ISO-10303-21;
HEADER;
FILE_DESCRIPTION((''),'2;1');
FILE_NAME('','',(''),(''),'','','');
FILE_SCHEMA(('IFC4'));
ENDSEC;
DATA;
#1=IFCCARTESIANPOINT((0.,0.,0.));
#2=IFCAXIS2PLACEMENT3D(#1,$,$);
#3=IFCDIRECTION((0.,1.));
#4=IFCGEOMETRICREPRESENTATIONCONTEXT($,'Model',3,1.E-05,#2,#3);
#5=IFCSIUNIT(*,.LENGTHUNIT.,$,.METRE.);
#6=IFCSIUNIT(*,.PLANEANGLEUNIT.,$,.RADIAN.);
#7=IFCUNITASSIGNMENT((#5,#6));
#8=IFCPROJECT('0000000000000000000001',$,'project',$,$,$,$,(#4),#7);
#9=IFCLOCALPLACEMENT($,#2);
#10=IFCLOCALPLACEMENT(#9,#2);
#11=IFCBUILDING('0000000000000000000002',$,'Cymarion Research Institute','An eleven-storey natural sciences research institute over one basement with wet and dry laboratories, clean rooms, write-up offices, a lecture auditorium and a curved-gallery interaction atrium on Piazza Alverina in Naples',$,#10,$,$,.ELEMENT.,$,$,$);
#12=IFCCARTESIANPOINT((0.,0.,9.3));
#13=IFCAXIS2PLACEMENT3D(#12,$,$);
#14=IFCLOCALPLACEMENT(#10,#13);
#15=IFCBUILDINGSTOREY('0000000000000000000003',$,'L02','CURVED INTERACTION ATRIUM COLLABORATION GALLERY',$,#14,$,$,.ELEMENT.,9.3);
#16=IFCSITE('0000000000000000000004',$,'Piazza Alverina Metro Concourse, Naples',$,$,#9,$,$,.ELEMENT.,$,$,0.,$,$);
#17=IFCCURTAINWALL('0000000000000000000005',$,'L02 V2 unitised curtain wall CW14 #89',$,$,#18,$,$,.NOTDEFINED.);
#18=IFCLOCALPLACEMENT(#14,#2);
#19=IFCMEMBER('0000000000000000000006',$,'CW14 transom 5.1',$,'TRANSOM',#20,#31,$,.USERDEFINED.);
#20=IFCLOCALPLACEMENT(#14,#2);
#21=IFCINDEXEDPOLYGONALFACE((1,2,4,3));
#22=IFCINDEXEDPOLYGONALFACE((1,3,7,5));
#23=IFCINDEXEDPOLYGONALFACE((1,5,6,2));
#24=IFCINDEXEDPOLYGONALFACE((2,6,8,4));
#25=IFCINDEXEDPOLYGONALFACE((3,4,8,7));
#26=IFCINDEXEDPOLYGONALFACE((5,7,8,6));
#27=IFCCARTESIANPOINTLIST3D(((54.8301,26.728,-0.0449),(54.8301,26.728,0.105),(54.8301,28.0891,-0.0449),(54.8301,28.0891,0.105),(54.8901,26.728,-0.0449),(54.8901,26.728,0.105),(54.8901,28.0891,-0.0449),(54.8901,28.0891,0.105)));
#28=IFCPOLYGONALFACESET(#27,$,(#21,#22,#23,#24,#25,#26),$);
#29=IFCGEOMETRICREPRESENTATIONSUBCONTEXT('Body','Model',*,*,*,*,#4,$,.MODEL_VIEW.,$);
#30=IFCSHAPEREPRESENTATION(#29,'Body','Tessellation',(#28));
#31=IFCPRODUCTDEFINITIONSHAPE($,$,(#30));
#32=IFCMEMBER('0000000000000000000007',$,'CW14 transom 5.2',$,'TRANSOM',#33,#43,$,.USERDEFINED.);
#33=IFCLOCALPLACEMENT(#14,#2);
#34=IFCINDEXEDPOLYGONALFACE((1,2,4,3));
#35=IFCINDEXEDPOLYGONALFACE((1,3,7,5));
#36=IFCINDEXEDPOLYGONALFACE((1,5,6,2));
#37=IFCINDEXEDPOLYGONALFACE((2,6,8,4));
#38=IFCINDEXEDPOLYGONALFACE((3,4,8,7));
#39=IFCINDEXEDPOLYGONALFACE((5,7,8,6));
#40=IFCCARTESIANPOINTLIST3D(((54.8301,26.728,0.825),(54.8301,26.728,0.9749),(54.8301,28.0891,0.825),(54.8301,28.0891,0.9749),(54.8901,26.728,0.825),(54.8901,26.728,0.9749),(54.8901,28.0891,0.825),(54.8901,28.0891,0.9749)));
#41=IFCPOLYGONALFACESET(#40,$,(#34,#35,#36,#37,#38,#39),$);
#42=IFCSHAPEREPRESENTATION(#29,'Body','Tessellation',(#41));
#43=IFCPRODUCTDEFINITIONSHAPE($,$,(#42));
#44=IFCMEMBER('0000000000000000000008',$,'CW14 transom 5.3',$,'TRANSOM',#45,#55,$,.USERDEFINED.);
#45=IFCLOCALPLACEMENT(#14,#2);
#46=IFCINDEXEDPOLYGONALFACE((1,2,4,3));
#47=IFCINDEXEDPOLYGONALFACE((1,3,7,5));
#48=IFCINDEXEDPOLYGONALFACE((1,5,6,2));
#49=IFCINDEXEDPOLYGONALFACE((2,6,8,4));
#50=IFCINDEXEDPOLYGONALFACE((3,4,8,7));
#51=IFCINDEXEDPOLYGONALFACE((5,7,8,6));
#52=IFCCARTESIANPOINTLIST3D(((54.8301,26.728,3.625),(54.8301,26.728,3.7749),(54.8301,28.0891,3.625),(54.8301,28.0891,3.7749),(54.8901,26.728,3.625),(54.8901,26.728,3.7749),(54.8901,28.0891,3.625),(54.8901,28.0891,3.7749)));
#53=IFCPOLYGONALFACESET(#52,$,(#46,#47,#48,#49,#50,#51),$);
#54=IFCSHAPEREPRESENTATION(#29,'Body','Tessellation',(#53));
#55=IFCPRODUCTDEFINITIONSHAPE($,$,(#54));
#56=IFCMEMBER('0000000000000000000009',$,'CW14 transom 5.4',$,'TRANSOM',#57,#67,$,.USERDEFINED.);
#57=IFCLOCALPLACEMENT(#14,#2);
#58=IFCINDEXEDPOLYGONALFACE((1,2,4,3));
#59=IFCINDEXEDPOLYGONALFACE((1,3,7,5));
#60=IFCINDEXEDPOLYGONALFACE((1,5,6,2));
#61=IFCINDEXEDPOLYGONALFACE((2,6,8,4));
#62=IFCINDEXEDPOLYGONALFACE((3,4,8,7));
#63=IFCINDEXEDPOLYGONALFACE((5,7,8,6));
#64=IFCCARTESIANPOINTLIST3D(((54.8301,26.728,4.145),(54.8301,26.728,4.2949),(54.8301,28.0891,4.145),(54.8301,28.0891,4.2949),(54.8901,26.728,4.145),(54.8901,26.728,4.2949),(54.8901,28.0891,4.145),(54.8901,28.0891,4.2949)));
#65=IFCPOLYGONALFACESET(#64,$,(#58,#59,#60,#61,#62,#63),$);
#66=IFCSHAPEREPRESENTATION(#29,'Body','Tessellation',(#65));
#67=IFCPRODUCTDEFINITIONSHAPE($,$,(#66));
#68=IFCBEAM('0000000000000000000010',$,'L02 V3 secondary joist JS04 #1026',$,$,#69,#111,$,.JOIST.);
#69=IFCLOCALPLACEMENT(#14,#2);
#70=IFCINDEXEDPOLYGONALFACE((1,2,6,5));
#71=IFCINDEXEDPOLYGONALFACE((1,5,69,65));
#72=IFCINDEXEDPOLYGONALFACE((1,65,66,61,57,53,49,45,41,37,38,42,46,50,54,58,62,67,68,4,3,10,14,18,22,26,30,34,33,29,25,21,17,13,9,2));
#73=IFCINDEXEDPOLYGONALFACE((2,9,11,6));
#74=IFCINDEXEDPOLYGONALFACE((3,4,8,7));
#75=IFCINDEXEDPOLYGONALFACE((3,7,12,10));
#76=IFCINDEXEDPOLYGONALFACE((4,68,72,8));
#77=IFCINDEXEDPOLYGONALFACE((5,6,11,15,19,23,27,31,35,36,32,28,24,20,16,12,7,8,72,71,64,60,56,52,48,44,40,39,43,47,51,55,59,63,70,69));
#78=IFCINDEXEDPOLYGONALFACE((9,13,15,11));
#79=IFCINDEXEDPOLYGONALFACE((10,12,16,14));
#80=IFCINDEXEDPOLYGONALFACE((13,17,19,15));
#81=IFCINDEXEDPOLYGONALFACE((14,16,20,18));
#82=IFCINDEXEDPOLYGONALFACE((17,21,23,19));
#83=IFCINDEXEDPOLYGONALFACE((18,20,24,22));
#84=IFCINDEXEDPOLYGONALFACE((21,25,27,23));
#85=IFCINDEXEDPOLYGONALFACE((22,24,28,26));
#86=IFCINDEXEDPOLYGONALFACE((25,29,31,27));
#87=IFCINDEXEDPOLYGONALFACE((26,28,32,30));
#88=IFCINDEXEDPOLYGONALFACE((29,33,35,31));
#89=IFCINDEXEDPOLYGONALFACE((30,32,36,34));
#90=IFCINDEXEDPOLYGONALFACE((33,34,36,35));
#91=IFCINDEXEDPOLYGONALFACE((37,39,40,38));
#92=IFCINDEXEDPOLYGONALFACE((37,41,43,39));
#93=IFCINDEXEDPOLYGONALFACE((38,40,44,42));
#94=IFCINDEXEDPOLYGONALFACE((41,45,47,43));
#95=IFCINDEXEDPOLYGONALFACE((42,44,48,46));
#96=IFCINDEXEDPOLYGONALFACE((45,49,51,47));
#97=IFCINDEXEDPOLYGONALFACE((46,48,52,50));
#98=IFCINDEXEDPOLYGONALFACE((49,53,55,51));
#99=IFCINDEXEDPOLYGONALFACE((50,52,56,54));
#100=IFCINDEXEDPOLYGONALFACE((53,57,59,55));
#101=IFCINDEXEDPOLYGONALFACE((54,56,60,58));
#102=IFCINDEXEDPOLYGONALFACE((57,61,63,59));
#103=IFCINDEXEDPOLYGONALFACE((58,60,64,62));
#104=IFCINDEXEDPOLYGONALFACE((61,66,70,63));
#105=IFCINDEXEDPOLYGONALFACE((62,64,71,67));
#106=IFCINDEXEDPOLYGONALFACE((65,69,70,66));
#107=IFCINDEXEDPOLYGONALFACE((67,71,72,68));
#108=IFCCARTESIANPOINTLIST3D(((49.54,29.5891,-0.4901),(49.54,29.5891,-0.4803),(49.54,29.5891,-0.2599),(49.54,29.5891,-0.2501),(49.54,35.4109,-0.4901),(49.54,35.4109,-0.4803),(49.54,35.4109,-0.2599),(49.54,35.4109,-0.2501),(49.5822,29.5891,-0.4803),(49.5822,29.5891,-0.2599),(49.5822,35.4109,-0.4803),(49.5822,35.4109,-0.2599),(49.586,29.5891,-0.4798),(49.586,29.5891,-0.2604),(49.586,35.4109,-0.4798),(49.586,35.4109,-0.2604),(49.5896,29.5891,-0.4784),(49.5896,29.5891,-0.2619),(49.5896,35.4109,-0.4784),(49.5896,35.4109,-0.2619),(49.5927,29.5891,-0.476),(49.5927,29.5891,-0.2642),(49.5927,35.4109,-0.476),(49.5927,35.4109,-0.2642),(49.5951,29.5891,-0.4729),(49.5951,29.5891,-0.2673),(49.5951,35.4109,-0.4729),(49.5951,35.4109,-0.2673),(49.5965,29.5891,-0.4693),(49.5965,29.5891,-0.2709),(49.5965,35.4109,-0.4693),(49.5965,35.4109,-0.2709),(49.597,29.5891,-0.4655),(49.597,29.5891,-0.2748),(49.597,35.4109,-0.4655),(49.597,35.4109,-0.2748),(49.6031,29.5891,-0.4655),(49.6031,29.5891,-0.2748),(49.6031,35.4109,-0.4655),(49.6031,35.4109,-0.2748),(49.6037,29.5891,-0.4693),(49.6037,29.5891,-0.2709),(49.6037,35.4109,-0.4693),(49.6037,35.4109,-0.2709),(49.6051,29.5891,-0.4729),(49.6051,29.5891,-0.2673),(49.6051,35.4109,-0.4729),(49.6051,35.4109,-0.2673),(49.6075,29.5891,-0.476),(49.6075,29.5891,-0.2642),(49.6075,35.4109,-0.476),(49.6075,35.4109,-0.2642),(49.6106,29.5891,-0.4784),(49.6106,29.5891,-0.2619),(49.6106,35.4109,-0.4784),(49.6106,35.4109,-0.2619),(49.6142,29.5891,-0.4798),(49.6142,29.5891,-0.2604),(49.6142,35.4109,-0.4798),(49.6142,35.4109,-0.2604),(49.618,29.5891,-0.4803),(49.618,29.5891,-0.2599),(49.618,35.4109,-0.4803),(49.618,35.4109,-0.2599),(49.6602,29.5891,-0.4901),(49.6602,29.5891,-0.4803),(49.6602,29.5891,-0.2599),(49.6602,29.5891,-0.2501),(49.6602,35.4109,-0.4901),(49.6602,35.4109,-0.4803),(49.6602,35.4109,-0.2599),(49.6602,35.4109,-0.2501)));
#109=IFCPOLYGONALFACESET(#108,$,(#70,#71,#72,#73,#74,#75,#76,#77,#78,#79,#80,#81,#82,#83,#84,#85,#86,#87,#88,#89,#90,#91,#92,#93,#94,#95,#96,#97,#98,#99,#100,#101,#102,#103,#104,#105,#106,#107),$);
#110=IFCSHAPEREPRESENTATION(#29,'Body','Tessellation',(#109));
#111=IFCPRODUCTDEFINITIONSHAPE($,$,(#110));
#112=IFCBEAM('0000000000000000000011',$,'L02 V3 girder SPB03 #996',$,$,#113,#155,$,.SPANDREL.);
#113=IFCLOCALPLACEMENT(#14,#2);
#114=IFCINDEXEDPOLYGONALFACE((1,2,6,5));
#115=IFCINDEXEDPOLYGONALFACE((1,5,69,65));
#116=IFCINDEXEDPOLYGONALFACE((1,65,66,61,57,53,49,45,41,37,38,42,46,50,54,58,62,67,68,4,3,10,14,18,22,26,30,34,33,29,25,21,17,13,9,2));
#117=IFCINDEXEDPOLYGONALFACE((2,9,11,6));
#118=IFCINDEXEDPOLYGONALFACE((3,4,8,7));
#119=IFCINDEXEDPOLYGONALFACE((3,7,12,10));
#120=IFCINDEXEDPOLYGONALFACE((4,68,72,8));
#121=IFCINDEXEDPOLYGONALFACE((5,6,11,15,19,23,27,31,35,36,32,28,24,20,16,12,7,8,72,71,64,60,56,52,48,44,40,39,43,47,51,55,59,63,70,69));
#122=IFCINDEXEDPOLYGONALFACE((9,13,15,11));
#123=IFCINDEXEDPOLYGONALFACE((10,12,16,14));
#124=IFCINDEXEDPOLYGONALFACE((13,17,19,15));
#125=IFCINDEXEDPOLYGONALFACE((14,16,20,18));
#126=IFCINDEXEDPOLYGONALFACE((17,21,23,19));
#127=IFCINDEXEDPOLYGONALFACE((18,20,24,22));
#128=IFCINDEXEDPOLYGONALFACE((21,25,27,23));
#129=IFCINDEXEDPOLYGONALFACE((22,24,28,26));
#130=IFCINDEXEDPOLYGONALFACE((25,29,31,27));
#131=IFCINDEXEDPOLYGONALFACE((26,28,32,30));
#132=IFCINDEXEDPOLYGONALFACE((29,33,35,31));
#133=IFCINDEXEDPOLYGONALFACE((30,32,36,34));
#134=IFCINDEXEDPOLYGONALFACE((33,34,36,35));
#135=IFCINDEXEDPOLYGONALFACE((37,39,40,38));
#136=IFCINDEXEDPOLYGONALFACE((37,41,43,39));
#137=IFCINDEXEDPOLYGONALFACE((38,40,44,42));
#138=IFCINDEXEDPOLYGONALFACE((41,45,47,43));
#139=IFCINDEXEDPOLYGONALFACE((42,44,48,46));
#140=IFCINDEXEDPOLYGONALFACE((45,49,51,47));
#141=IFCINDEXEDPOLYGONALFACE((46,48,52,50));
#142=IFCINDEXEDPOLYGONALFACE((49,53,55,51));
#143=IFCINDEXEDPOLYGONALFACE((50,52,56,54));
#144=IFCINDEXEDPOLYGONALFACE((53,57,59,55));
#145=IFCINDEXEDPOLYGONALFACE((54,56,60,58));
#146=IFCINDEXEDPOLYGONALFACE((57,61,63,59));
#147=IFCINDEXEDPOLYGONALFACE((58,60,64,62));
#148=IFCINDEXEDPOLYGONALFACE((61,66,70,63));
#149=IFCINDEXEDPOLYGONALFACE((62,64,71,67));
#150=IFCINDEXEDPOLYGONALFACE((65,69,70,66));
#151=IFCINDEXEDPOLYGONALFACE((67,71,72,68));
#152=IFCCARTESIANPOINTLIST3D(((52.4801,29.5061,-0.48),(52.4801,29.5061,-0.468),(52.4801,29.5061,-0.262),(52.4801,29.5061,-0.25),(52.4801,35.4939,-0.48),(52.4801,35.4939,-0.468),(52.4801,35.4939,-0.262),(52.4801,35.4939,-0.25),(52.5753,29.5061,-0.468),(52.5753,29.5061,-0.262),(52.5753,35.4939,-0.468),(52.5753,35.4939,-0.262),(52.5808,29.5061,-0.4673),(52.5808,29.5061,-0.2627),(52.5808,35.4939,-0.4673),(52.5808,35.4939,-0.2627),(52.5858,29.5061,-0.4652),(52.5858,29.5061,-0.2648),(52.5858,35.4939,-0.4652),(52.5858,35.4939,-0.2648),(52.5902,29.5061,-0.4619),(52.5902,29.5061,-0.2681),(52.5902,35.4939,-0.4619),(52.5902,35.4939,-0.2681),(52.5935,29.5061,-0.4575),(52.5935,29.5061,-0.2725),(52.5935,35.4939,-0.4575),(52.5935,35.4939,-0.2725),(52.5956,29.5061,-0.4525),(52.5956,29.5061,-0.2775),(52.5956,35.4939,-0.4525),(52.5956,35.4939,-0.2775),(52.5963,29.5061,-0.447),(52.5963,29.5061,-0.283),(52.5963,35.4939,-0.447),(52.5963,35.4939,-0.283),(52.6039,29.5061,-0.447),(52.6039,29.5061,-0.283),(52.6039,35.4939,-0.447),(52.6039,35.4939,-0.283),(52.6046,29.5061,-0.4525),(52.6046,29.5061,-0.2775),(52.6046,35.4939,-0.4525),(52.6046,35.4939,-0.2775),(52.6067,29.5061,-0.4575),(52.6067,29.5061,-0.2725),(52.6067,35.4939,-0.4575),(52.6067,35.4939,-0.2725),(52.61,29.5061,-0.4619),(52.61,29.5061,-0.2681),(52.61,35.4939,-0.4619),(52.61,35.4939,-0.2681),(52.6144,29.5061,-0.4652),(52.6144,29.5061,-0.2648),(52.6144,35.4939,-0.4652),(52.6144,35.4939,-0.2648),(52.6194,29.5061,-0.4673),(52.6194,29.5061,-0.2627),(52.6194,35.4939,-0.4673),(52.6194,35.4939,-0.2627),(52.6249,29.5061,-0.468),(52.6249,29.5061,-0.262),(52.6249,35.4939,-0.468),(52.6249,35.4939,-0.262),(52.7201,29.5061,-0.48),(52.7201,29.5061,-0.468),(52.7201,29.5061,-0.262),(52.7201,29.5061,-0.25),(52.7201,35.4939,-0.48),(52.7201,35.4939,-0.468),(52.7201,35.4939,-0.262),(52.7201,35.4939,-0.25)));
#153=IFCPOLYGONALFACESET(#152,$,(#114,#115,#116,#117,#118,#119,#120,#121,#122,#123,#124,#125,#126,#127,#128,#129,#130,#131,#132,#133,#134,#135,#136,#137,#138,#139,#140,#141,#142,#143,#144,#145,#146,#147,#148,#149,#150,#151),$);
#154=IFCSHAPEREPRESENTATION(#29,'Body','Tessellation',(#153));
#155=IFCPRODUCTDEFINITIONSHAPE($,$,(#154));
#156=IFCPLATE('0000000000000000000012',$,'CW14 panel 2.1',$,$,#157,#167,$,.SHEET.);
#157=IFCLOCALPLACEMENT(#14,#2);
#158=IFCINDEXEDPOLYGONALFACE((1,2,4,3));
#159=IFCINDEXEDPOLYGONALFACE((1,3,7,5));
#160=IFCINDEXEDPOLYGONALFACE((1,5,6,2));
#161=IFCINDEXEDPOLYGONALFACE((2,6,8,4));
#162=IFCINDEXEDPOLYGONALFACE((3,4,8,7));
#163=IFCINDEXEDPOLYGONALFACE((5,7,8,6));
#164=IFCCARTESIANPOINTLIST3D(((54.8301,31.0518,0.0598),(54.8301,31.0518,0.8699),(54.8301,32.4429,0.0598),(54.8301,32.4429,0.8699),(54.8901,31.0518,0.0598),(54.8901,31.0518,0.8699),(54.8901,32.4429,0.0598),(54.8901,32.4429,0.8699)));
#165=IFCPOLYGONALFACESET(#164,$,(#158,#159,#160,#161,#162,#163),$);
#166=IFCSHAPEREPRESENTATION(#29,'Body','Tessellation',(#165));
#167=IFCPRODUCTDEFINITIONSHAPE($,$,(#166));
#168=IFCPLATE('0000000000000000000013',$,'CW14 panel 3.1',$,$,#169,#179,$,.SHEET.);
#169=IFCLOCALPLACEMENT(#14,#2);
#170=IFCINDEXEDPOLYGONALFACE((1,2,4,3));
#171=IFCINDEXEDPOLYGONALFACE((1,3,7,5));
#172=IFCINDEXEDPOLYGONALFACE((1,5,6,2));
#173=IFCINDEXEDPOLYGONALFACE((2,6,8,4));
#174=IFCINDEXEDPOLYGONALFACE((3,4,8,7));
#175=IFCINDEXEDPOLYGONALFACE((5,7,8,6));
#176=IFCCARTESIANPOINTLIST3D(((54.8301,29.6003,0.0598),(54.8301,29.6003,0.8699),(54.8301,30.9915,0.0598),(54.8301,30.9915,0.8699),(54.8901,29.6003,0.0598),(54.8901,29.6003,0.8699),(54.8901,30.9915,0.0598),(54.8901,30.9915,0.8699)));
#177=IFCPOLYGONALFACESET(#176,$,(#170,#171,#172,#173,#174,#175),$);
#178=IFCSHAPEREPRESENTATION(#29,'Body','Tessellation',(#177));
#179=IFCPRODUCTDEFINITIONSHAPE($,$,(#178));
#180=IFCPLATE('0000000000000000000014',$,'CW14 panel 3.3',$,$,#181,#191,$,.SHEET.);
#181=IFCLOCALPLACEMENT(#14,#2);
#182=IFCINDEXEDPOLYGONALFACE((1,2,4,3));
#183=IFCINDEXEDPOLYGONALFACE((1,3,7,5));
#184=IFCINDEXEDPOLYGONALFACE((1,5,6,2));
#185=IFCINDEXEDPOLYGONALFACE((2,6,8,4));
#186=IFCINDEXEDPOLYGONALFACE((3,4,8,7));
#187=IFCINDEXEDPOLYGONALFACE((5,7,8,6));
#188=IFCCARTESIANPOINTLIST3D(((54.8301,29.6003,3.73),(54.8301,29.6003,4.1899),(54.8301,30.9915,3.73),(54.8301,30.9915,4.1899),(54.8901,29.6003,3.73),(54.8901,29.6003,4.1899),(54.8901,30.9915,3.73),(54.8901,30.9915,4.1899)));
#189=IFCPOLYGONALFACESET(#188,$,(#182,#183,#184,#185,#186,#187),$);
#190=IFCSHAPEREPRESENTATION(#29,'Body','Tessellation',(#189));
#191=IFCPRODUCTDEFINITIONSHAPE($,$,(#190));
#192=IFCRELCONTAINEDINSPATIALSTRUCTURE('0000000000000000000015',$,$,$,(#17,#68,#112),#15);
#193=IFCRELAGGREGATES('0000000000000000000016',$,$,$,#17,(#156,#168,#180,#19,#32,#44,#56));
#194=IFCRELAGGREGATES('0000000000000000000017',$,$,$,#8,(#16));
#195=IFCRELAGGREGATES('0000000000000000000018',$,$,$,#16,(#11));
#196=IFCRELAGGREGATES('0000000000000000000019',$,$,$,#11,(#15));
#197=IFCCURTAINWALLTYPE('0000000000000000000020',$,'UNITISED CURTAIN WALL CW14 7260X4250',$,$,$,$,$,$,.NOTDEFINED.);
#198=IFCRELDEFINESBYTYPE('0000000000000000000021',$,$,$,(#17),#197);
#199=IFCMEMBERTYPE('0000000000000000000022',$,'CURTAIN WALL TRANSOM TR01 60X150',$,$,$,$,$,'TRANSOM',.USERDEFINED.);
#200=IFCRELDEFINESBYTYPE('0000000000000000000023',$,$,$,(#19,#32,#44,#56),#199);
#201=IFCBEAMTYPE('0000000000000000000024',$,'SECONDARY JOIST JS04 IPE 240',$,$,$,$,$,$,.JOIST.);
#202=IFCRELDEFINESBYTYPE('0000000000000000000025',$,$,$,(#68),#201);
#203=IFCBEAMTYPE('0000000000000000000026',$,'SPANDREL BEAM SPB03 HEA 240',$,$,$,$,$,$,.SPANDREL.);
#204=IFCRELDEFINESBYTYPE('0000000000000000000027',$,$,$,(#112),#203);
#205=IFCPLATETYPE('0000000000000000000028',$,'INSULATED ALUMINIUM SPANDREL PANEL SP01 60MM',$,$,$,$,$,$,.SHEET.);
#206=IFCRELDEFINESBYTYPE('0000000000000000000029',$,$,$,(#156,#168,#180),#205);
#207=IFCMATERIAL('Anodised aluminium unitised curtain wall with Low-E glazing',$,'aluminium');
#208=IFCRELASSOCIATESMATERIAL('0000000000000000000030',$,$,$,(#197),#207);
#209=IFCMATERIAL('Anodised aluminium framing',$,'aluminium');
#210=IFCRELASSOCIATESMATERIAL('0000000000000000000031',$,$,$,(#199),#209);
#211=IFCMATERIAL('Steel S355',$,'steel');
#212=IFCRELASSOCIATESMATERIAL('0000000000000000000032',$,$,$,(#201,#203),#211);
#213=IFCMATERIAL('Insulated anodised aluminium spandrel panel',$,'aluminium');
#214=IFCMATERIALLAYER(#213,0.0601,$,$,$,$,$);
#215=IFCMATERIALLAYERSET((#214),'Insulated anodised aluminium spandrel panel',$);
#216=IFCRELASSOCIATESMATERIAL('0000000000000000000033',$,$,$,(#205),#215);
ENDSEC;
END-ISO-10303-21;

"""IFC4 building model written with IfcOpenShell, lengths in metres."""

from ifc_helpers import new_model, si_unit, direction, frame, origin, origin_2d, place, context, subcontext, project, spatial, rectangle, i_section, extrude, material, layer, layer_set, material_profile, profile_set, type_object, element, aggregate, save


model = new_model("IFC4")

# Units and contexts
model_context = context("Model", 3, precision=1e-05, world=origin(), true_north=direction((0.0, 1.0)))
body_context = subcontext(model_context, "Body", "Model", "MODEL_VIEW")
ifc_project = project(units=[si_unit("LENGTHUNIT", "METRE"), si_unit("PLANEANGLEUNIT", "RADIAN")], contexts=[model_context])

# Site, building, storey
site_placement = place(None, origin())
site = spatial("IfcSite", under=ifc_project, at=site_placement, Name="Piazza Alverina Metro Concourse, Naples", CompositionType="ELEMENT", RefElevation=0.0)
building_placement = place(site_placement, origin())
building = spatial("IfcBuilding", under=site, at=building_placement, Name="Cymarion Research Institute", Description="An eleven-storey natural sciences research institute over one basement with wet and dry laboratories, clean rooms, write-up offices, a lecture auditorium and a curved-gallery interaction atrium on Piazza Alverina in Naples", CompositionType="ELEMENT")
storey_placement = place(building_placement, frame((0.0, 0.0, 9.3)))
storey = spatial("IfcBuildingStorey", under=building, at=storey_placement, Name="L02", Description="CURVED INTERACTION ATRIUM COLLABORATION GALLERY", CompositionType="ELEMENT", Elevation=9.3)

# Shared definitions
ifc_material_1 = material(Name="Steel S355", Category="steel")

# Curtain wall, members
ifc_material_2 = material(Name="Anodised aluminium unitised curtain wall with Low-E glazing", Category="aluminium")
curtain_wall_type = type_object("IfcCurtainWallType", Name="UNITISED CURTAIN WALL CW14 7260X4250", PredefinedType="NOTDEFINED", material=ifc_material_2)
curtain_wall_placement = place(storey_placement, origin())
curtain_wall = element("IfcCurtainWall", 1, at=curtain_wall_placement, inside=storey, type_object=curtain_wall_type, Name="L02 V2 unitised curtain wall CW14 #89", PredefinedType="NOTDEFINED")
ifc_material_3 = material(Name="Anodised aluminium framing", Category="aluminium")
ifc_material_profile_1 = material_profile(ifc_material_3, rectangle(XDim=0.0601, YDim=0.1499, at=origin_2d()), Name="ALU TRANSOM 60x150")
ifc_profile_set_1 = profile_set([ifc_material_profile_1], Name="Anodised aluminium framing")
member_type_1 = type_object("IfcMemberType", Name="CURTAIN WALL TRANSOM TR01 60X150", ElementType="TRANSOM", PredefinedType="USERDEFINED", material=ifc_profile_set_1)
member_1_placement = place(storey_placement, frame((54.8601, 28.0891, 0.03), z_axis=(0.0, -1.0, 0.0), x_axis=(1.0, 0.0, 0.0)))
member_1 = element("IfcMember", 2, at=member_1_placement, type_object=member_type_1, Name="CW14 transom 5.1", ObjectType="TRANSOM", PredefinedType="USERDEFINED", context=body_context, shape_type="SweptSolid", body=[
    extrude(rectangle(XDim=0.0601, YDim=0.1499, at=origin_2d()), origin(), (0.0, 0.0, 1.0), 1.3611),
])
member_2_placement = place(storey_placement, frame((54.8601, 28.0891, 0.8999), z_axis=(0.0, -1.0, 0.0), x_axis=(1.0, 0.0, 0.0)))
member_2 = element("IfcMember", 3, at=member_2_placement, type_object=member_type_1, Name="CW14 transom 5.2", ObjectType="TRANSOM", PredefinedType="USERDEFINED", context=body_context, shape_type="SweptSolid", body=[
    extrude(rectangle(XDim=0.0601, YDim=0.1499, at=origin_2d()), origin(), (0.0, 0.0, 1.0), 1.3611),
])
member_3_placement = place(storey_placement, frame((54.8601, 28.0891, 3.7), z_axis=(0.0, -1.0, 0.0), x_axis=(1.0, 0.0, 0.0)))
member_3 = element("IfcMember", 4, at=member_3_placement, type_object=member_type_1, Name="CW14 transom 5.3", ObjectType="TRANSOM", PredefinedType="USERDEFINED", context=body_context, shape_type="SweptSolid", body=[
    extrude(rectangle(XDim=0.0601, YDim=0.1499, at=origin_2d()), origin(), (0.0, 0.0, 1.0), 1.3611),
])
member_4_placement = place(storey_placement, frame((54.8601, 28.0891, 4.22), z_axis=(0.0, -1.0, 0.0), x_axis=(1.0, 0.0, 0.0)))
member_4 = element("IfcMember", 5, at=member_4_placement, type_object=member_type_1, Name="CW14 transom 5.4", ObjectType="TRANSOM", PredefinedType="USERDEFINED", context=body_context, shape_type="SweptSolid", body=[
    extrude(rectangle(XDim=0.0601, YDim=0.1499, at=origin_2d()), origin(), (0.0, 0.0, 1.0), 1.3611),
])

# Beams
ifc_material_profile_2 = material_profile(ifc_material_1, i_section(OverallWidth=0.1201, OverallDepth=0.24, WebThickness=0.0061, FlangeThickness=0.0098, FilletRadius=0.0149, at=origin_2d()), Name="IPE 240")
ifc_profile_set_2 = profile_set([ifc_material_profile_2], Name="Steel S355")
beam_type_1 = type_object("IfcBeamType", Name="SECONDARY JOIST JS04 IPE 240", PredefinedType="JOIST", material=ifc_profile_set_2)
beam_1_placement = place(storey_placement, frame((49.6001, 29.5891, -0.3701), z_axis=(0.0, 1.0, 0.0), x_axis=(-1.0, 0.0, 0.0)))
element("IfcBeam", 6, at=beam_1_placement, inside=storey, type_object=beam_type_1, Name="L02 V3 secondary joist JS04 #1026", PredefinedType="JOIST", context=body_context, shape_type="SweptSolid", body=[
    extrude(i_section(OverallWidth=0.1201, OverallDepth=0.24, WebThickness=0.0061, FlangeThickness=0.0098, FilletRadius=0.0149, at=origin_2d()), origin(), (0.0, 0.0, 1.0), 5.8218),
])
ifc_material_profile_3 = material_profile(ifc_material_1, i_section(OverallWidth=0.24, OverallDepth=0.23, WebThickness=0.0076, FlangeThickness=0.012, FilletRadius=0.021, at=origin_2d()), Name="HEA 240")
ifc_profile_set_3 = profile_set([ifc_material_profile_3], Name="Steel S355")
beam_type_2 = type_object("IfcBeamType", Name="SPANDREL BEAM SPB03 HEA 240", PredefinedType="SPANDREL", material=ifc_profile_set_3)
beam_2_placement = place(storey_placement, frame((52.6001, 29.5061, -0.365), z_axis=(0.0, 1.0, 0.0), x_axis=(-1.0, 0.0, 0.0)))
element("IfcBeam", 7, at=beam_2_placement, inside=storey, type_object=beam_type_2, Name="L02 V3 girder SPB03 #996", PredefinedType="SPANDREL", context=body_context, shape_type="SweptSolid", body=[
    extrude(i_section(OverallWidth=0.24, OverallDepth=0.23, WebThickness=0.0076, FlangeThickness=0.012, FilletRadius=0.021, at=origin_2d()), origin(), (0.0, 0.0, 1.0), 5.9878),
])

# Plates
ifc_material_4 = material(Name="Insulated anodised aluminium spandrel panel", Category="aluminium")
ifc_layer_1 = layer(ifc_material_4, 0.0601)
ifc_layer_set_1 = layer_set([ifc_layer_1], Name="Insulated anodised aluminium spandrel panel")
plate_type_1 = type_object("IfcPlateType", Name="INSULATED ALUMINIUM SPANDREL PANEL SP01 60MM", PredefinedType="SHEET", material=ifc_layer_set_1)
plate_1_placement = place(storey_placement, frame((54.8601, 31.7473, 0.0598), z_axis=(0.0, 0.0, 1.0), x_axis=(0.0, -1.0, 0.0)))
plate_1 = element("IfcPlate", 8, at=plate_1_placement, type_object=plate_type_1, Name="CW14 panel 2.1", PredefinedType="SHEET", context=body_context, shape_type="SweptSolid", body=[
    extrude(rectangle(XDim=1.3911, YDim=0.0601, at=origin_2d()), origin(), (0.0, 0.0, 1.0), 0.8101),
])
plate_2_placement = place(storey_placement, frame((54.8601, 30.2959, 0.0598), z_axis=(0.0, 0.0, 1.0), x_axis=(0.0, -1.0, 0.0)))
plate_2 = element("IfcPlate", 9, at=plate_2_placement, type_object=plate_type_1, Name="CW14 panel 3.1", PredefinedType="SHEET", context=body_context, shape_type="SweptSolid", body=[
    extrude(rectangle(XDim=1.3911, YDim=0.0601, at=origin_2d()), origin(), (0.0, 0.0, 1.0), 0.8101),
])
plate_3_placement = place(storey_placement, frame((54.8601, 30.2959, 3.73), z_axis=(0.0, 0.0, 1.0), x_axis=(0.0, -1.0, 0.0)))
plate_3 = element("IfcPlate", 10, at=plate_3_placement, type_object=plate_type_1, Name="CW14 panel 3.3", PredefinedType="SHEET", context=body_context, shape_type="SweptSolid", body=[
    extrude(rectangle(XDim=1.3911, YDim=0.0601, at=origin_2d()), origin(), (0.0, 0.0, 1.0), 0.46),
])
aggregate(curtain_wall, [plate_1, plate_2, plate_3, member_1, member_2, member_3, member_4])

save(model, "model.ifc")
